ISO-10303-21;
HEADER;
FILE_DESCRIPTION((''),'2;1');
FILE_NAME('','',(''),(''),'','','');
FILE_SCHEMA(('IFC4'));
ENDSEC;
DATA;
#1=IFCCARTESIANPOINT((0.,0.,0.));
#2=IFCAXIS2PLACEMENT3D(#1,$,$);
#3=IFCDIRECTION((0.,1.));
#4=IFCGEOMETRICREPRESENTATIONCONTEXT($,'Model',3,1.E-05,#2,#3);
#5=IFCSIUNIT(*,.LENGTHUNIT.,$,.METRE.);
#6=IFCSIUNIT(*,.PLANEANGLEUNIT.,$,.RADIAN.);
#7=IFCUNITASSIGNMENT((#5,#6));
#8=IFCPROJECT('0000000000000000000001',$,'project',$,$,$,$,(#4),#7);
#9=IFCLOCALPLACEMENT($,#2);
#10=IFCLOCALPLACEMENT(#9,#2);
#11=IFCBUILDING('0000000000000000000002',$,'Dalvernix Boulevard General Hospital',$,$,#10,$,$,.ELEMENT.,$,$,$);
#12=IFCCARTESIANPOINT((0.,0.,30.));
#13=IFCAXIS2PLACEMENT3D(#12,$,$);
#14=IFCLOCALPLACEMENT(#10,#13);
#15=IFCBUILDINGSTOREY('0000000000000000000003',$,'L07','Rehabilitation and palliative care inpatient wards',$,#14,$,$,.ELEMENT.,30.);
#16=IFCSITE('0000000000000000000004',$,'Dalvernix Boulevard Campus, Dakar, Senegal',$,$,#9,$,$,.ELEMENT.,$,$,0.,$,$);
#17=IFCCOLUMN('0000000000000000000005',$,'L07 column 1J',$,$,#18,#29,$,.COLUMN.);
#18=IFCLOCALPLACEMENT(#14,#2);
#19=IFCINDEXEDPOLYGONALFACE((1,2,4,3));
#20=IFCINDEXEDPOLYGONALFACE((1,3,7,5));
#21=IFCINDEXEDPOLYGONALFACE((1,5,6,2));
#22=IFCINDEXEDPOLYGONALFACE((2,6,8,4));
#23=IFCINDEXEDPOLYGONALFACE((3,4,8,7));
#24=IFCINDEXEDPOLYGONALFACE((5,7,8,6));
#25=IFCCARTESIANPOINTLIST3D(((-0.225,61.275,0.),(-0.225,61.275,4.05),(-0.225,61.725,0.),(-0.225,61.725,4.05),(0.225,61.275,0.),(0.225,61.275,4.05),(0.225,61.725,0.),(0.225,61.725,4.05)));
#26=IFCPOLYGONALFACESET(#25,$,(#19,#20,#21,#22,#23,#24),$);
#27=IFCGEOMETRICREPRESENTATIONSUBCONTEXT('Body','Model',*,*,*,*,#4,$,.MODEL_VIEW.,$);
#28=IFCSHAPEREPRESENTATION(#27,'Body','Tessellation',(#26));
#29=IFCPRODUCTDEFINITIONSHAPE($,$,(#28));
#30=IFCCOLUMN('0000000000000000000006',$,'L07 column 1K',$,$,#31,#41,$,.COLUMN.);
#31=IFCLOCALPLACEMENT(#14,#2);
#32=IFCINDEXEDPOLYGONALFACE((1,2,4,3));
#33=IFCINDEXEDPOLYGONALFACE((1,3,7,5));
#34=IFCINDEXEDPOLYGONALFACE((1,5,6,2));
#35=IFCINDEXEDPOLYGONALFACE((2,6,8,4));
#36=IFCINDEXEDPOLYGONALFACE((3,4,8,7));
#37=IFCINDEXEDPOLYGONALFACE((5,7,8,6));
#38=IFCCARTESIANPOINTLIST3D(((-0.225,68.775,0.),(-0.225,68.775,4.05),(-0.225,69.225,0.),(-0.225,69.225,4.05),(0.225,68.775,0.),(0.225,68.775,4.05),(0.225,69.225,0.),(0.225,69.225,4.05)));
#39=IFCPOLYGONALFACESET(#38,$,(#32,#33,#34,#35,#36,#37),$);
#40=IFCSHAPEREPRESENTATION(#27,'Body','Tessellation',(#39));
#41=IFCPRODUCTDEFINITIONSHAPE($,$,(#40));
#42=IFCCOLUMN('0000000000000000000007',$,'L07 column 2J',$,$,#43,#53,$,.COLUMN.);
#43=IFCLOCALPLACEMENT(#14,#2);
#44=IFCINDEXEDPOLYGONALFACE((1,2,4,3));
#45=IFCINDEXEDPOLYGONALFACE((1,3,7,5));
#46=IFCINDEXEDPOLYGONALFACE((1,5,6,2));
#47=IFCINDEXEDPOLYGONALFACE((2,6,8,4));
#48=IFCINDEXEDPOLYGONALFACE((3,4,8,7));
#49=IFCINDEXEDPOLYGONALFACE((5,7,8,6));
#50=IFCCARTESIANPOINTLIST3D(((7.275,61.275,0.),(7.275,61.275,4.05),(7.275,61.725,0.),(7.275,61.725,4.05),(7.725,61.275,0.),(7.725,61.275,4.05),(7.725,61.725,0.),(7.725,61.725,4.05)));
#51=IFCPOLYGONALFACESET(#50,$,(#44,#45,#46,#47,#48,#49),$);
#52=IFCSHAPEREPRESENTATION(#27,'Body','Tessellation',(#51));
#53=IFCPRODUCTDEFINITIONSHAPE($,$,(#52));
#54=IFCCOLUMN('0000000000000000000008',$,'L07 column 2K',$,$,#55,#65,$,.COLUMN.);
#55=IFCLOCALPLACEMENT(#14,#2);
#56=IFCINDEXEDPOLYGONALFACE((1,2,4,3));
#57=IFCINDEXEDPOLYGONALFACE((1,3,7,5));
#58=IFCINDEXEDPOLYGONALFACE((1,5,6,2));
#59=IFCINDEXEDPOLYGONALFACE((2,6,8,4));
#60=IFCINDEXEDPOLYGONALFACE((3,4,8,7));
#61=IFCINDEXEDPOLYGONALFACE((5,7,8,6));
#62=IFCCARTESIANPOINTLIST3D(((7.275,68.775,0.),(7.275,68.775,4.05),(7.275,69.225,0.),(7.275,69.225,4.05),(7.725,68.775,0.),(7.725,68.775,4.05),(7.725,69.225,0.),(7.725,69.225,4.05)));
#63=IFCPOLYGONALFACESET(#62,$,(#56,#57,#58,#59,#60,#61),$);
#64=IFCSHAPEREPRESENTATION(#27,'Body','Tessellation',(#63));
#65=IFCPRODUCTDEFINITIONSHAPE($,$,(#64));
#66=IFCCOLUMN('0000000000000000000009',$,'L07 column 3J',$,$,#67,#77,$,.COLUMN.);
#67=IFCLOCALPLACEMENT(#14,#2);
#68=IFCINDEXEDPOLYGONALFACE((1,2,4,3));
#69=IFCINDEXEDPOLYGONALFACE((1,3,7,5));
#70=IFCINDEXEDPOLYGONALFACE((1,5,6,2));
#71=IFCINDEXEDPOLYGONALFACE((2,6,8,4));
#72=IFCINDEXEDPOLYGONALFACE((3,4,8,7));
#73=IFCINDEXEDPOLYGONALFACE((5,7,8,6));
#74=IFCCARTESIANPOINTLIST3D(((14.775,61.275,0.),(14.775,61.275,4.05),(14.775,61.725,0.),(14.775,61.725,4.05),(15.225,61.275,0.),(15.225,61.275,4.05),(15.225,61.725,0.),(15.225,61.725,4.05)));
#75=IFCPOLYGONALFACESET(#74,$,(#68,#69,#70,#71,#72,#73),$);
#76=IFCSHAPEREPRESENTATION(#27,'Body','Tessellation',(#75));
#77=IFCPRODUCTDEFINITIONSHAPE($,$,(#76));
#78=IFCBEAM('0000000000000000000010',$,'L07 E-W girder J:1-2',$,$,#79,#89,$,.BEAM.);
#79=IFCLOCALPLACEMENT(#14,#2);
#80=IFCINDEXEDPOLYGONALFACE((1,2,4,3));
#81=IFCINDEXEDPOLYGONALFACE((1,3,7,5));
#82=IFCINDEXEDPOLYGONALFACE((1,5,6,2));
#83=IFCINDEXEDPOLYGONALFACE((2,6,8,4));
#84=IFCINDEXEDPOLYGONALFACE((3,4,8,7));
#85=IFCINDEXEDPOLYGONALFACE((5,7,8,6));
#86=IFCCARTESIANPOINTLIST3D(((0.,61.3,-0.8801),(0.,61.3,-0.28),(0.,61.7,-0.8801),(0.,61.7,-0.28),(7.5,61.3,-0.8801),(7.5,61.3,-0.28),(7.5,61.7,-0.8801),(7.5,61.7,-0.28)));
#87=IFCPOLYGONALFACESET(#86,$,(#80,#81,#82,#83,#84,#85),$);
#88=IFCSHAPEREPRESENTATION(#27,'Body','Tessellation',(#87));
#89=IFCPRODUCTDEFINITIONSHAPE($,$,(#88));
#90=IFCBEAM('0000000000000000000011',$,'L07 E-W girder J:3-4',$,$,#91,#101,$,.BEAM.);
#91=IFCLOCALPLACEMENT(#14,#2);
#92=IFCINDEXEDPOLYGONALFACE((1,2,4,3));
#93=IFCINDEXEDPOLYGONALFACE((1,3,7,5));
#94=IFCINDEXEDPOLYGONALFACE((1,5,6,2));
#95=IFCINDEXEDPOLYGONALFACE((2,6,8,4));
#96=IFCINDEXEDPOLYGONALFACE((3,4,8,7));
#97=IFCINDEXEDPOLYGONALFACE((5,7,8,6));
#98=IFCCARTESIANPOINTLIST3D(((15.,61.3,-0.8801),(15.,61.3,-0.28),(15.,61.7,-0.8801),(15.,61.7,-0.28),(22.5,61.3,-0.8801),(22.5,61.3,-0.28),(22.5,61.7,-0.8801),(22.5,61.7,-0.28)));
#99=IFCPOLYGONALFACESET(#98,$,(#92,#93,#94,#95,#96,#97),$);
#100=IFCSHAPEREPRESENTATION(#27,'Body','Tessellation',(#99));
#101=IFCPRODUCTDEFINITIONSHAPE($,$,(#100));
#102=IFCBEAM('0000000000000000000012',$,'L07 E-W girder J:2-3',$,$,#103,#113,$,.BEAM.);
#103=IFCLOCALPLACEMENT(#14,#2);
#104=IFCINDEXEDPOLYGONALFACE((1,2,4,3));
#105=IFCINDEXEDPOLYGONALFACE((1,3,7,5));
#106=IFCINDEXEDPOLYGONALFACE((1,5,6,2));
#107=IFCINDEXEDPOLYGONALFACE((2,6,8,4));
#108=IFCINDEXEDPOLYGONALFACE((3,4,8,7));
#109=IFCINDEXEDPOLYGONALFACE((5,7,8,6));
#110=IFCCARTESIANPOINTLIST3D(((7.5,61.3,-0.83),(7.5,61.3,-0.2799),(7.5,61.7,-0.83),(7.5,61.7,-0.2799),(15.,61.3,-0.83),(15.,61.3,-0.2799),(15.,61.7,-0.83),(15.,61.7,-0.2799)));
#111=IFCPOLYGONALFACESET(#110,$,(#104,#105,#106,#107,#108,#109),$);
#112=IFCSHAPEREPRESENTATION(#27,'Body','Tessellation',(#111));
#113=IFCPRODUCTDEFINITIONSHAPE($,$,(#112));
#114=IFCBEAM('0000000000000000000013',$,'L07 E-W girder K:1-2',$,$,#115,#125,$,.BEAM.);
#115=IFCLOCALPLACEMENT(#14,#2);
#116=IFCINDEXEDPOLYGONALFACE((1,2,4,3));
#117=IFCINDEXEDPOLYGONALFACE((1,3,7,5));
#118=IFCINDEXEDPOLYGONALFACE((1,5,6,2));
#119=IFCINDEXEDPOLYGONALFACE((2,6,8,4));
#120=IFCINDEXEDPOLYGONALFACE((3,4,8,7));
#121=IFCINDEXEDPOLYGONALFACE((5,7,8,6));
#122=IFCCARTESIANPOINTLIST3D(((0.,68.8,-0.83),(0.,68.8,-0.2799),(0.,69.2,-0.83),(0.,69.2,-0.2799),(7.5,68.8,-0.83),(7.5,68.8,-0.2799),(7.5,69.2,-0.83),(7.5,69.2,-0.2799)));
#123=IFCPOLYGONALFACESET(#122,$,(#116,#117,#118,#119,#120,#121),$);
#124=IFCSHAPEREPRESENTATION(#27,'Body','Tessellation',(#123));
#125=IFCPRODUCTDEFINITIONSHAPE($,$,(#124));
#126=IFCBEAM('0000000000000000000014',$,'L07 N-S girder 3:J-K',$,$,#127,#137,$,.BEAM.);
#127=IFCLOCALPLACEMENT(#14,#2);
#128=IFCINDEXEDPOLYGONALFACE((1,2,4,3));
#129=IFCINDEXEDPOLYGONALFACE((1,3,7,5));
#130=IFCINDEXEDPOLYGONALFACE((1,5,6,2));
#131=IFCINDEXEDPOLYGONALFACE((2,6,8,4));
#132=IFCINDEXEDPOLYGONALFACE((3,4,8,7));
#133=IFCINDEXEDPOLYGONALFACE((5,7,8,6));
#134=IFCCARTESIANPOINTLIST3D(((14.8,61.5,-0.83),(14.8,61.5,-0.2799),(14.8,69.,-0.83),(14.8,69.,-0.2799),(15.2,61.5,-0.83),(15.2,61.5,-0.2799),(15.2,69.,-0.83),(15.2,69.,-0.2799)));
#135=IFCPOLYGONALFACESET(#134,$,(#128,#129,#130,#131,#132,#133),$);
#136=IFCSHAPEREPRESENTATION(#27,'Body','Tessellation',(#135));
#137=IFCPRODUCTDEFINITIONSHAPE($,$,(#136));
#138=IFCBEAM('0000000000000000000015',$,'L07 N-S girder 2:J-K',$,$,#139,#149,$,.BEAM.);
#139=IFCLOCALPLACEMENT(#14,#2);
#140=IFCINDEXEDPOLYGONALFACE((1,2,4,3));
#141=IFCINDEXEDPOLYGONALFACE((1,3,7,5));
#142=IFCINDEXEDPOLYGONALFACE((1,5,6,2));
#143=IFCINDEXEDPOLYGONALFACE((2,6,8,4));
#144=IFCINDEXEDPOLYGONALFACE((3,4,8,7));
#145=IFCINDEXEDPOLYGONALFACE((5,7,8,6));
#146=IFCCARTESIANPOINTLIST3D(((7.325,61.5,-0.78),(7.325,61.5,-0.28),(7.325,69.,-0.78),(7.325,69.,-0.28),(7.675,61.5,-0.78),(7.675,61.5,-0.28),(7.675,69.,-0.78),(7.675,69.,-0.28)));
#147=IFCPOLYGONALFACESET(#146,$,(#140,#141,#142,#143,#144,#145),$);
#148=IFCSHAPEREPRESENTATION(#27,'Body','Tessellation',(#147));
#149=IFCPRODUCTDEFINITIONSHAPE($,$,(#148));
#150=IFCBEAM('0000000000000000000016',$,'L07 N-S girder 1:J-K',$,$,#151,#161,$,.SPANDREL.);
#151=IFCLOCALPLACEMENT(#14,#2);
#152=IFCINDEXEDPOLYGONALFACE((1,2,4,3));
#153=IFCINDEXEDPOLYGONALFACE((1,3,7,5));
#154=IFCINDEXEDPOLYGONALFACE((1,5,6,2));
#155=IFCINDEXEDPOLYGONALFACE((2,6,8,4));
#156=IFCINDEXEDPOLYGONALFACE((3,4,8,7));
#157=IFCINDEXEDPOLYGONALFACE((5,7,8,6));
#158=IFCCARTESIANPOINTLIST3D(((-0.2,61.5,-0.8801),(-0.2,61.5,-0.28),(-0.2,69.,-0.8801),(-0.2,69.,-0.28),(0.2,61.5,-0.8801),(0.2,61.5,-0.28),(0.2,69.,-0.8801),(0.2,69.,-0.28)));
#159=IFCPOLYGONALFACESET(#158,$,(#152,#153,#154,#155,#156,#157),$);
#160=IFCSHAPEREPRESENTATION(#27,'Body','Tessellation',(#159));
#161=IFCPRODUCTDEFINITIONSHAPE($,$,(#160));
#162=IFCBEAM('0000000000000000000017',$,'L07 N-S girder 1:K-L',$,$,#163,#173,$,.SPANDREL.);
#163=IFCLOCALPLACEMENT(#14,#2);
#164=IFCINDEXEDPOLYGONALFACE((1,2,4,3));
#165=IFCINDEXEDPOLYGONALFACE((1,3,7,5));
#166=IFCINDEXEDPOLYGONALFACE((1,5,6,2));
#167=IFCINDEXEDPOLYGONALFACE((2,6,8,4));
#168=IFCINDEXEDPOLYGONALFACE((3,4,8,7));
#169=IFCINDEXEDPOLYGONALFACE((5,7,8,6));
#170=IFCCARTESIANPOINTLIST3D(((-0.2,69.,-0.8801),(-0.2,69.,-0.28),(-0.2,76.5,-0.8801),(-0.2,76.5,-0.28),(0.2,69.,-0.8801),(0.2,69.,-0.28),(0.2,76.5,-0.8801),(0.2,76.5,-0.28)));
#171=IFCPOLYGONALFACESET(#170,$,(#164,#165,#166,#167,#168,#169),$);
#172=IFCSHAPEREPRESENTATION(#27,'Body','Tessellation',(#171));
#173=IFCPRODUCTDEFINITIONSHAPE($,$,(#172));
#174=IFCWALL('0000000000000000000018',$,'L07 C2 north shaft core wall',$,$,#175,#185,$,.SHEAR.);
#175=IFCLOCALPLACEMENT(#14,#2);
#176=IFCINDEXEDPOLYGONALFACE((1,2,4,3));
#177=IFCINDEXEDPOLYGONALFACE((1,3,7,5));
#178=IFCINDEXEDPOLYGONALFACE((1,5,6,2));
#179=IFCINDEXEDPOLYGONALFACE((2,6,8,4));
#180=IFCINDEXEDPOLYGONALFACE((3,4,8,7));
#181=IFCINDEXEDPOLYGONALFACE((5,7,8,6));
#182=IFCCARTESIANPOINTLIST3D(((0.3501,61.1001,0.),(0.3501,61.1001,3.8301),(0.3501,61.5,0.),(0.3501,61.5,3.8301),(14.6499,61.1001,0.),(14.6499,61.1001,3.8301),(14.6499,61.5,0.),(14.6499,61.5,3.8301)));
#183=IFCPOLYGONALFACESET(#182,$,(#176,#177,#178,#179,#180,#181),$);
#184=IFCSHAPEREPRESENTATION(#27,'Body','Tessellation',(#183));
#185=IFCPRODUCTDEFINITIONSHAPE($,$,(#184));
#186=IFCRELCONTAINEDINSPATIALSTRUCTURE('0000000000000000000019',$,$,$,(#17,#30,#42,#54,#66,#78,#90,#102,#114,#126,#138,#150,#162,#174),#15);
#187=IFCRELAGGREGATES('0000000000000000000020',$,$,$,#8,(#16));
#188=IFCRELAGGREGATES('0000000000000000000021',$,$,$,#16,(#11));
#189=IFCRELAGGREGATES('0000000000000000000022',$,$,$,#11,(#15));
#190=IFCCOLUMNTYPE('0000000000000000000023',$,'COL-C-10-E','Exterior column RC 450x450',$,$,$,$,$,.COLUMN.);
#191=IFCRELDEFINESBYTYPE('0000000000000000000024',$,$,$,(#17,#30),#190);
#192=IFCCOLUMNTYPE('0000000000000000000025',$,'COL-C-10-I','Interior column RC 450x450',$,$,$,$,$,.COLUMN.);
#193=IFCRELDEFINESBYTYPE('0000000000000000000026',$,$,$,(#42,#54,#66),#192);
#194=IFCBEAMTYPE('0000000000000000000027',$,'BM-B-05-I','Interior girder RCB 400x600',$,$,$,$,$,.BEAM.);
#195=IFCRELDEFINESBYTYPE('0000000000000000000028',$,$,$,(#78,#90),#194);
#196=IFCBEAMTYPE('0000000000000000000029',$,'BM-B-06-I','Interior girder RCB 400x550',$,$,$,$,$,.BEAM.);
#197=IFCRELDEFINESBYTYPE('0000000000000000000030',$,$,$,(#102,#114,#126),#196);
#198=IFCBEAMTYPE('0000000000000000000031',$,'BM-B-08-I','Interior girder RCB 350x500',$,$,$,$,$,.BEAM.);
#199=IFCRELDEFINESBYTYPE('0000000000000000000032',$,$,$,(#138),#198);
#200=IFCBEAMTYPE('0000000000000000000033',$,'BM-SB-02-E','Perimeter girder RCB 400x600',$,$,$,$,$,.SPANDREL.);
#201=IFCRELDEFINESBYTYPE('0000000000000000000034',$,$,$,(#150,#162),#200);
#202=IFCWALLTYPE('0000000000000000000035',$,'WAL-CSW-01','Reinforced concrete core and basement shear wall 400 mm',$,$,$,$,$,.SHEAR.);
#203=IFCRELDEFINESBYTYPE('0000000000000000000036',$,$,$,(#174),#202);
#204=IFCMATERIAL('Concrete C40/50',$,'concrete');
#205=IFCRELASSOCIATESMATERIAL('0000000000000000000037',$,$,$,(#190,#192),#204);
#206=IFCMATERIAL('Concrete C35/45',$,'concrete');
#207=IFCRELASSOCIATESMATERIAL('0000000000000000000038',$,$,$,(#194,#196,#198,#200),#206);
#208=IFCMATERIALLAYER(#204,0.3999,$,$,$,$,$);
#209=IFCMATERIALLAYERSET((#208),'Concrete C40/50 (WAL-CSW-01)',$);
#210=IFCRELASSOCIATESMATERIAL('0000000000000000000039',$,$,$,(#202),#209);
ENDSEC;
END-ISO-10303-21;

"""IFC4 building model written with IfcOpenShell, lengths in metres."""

from ifc_helpers import new_model, si_unit, direction, frame, frame_2d, origin, origin_2d, place, context, subcontext, project, spatial, rectangle, extrude, material, layer, layer_set, material_profile, profile_set, type_object, element, save


model = new_model("IFC4")

# Units and contexts
model_context = context("Model", 3, precision=1e-05, world=origin(), true_north=direction((0.0, 1.0)))
body_context = subcontext(model_context, "Body", "Model", "MODEL_VIEW")
ifc_project = project(units=[si_unit("LENGTHUNIT", "METRE"), si_unit("PLANEANGLEUNIT", "RADIAN")], contexts=[model_context])

# Site, building, storey
site_placement = place(None, origin())
site = spatial("IfcSite", under=ifc_project, at=site_placement, Name="Dalvernix Boulevard Campus, Dakar, Senegal", CompositionType="ELEMENT", RefElevation=0.0)
building_placement = place(site_placement, origin())
building = spatial("IfcBuilding", under=site, at=building_placement, Name="Dalvernix Boulevard General Hospital", CompositionType="ELEMENT")
storey_placement = place(building_placement, frame((0.0, 0.0, 30.0)))
storey = spatial("IfcBuildingStorey", under=building, at=storey_placement, Name="L07", Description="Rehabilitation and palliative care inpatient wards", CompositionType="ELEMENT", Elevation=30.0)

# Columns
ifc_material_1 = material(Name="Concrete C40/50", Category="concrete")
ifc_material_profile_1 = material_profile(ifc_material_1, rectangle(XDim=0.45, YDim=0.45, at=origin_2d()), Name="RC 450x450")
ifc_profile_set_1 = profile_set([ifc_material_profile_1], Name="Concrete C40/50")
column_type_1 = type_object("IfcColumnType", Name="COL-C-10-E", Description="Exterior column RC 450x450", PredefinedType="COLUMN", material=ifc_profile_set_1)
for number, where, z_axis, x_axis, name in (
    (1, (0.0, 61.5, 0.0), (0.0, 0.0, 1.0), (1.0, 0.0, 0.0), "L07 column 1J"),
    (2, (0.0, 69.0, 0.0), (0.0, 0.0, 1.0), (1.0, 0.0, 0.0), "L07 column 1K"),
):
    element("IfcColumn", number, at=place(storey_placement, frame(where, z_axis=z_axis, x_axis=x_axis)), inside=storey, type_object=column_type_1, Name=name, PredefinedType="COLUMN", context=body_context, shape_type="SweptSolid", body=[
        extrude(rectangle(XDim=0.45, YDim=0.45, at=origin_2d()), origin(), (0.0, 0.0, 1.0), 4.05),
    ])
ifc_material_profile_2 = material_profile(ifc_material_1, rectangle(XDim=0.45, YDim=0.45, at=origin_2d()), Name="RC 450x450")
ifc_profile_set_2 = profile_set([ifc_material_profile_2], Name="Concrete C40/50")
column_type_2 = type_object("IfcColumnType", Name="COL-C-10-I", Description="Interior column RC 450x450", PredefinedType="COLUMN", material=ifc_profile_set_2)
for number, where, z_axis, x_axis, name in (
    (3, (7.5, 61.5, 0.0), (0.0, 0.0, 1.0), (1.0, 0.0, 0.0), "L07 column 2J"),
    (4, (7.5, 69.0, 0.0), (0.0, 0.0, 1.0), (1.0, 0.0, 0.0), "L07 column 2K"),
    (5, (15.0, 61.5, 0.0), (0.0, 0.0, 1.0), (1.0, 0.0, 0.0), "L07 column 3J"),
):
    element("IfcColumn", number, at=place(storey_placement, frame(where, z_axis=z_axis, x_axis=x_axis)), inside=storey, type_object=column_type_2, Name=name, PredefinedType="COLUMN", context=body_context, shape_type="SweptSolid", body=[
        extrude(rectangle(XDim=0.45, YDim=0.45, at=origin_2d()), origin(), (0.0, 0.0, 1.0), 4.05),
    ])

# Beams
ifc_material_2 = material(Name="Concrete C35/45", Category="concrete")
ifc_material_profile_3 = material_profile(ifc_material_2, rectangle(XDim=0.3999, YDim=0.6001, at=origin_2d()), Name="RCB 400x600")
ifc_profile_set_3 = profile_set([ifc_material_profile_3], Name="Concrete C35/45")
beam_type_1 = type_object("IfcBeamType", Name="BM-B-05-I", Description="Interior girder RCB 400x600", PredefinedType="BEAM", material=ifc_profile_set_3)
for number, where, z_axis, x_axis, name in (
    (6, (0.0, 61.5, -0.5801), (1.0, 0.0, 0.0), (0.0, 1.0, 0.0), "L07 E-W girder J:1-2"),
    (7, (15.0, 61.5, -0.5801), (1.0, 0.0, 0.0), (0.0, 1.0, 0.0), "L07 E-W girder J:3-4"),
):
    element("IfcBeam", number, at=place(storey_placement, frame(where, z_axis=z_axis, x_axis=x_axis)), inside=storey, type_object=beam_type_1, Name=name, PredefinedType="BEAM", context=body_context, shape_type="SweptSolid", body=[
        extrude(rectangle(XDim=0.3999, YDim=0.6001, at=origin_2d()), origin(), (0.0, 0.0, 1.0), 7.5),
    ])
ifc_material_profile_4 = material_profile(ifc_material_2, rectangle(XDim=0.3999, YDim=0.55, at=origin_2d()), Name="RCB 400x550")
ifc_profile_set_4 = profile_set([ifc_material_profile_4], Name="Concrete C35/45")
beam_type_2 = type_object("IfcBeamType", Name="BM-B-06-I", Description="Interior girder RCB 400x550", PredefinedType="BEAM", material=ifc_profile_set_4)
for number, where, z_axis, x_axis, name in (
    (8, (7.5, 61.5, -0.5549), (1.0, 0.0, 0.0), (0.0, 1.0, 0.0), "L07 E-W girder J:2-3"),
    (9, (0.0, 69.0, -0.5549), (1.0, 0.0, 0.0), (0.0, 1.0, 0.0), "L07 E-W girder K:1-2"),
    (10, (15.0, 61.5, -0.5549), (0.0, 1.0, 0.0), (-1.0, 0.0, 0.0), "L07 N-S girder 3:J-K"),
):
    element("IfcBeam", number, at=place(storey_placement, frame(where, z_axis=z_axis, x_axis=x_axis)), inside=storey, type_object=beam_type_2, Name=name, PredefinedType="BEAM", context=body_context, shape_type="SweptSolid", body=[
        extrude(rectangle(XDim=0.3999, YDim=0.55, at=origin_2d()), origin(), (0.0, 0.0, 1.0), 7.5),
    ])
ifc_material_profile_5 = material_profile(ifc_material_2, rectangle(XDim=0.3501, YDim=0.5, at=origin_2d()), Name="RCB 350x500")
ifc_profile_set_5 = profile_set([ifc_material_profile_5], Name="Concrete C35/45")
beam_type_3 = type_object("IfcBeamType", Name="BM-B-08-I", Description="Interior girder RCB 350x500", PredefinedType="BEAM", material=ifc_profile_set_5)
beam_placement = place(storey_placement, frame((7.5, 61.5, -0.53), z_axis=(0.0, 1.0, 0.0), x_axis=(-1.0, 0.0, 0.0)))
element("IfcBeam", 11, at=beam_placement, inside=storey, type_object=beam_type_3, Name="L07 N-S girder 2:J-K", PredefinedType="BEAM", context=body_context, shape_type="SweptSolid", body=[
    extrude(rectangle(XDim=0.3501, YDim=0.5, at=origin_2d()), origin(), (0.0, 0.0, 1.0), 7.5),
])
ifc_material_profile_6 = material_profile(ifc_material_2, rectangle(XDim=0.3999, YDim=0.6001, at=origin_2d()), Name="RCB 400x600")
ifc_profile_set_6 = profile_set([ifc_material_profile_6], Name="Concrete C35/45")
beam_type_4 = type_object("IfcBeamType", Name="BM-SB-02-E", Description="Perimeter girder RCB 400x600", PredefinedType="SPANDREL", material=ifc_profile_set_6)
for number, where, z_axis, x_axis, name in (
    (12, (0.0, 61.5, -0.5801), (0.0, 1.0, 0.0), (-1.0, 0.0, 0.0), "L07 N-S girder 1:J-K"),
    (13, (0.0, 69.0, -0.5801), (0.0, 1.0, 0.0), (-1.0, 0.0, 0.0), "L07 N-S girder 1:K-L"),
):
    element("IfcBeam", number, at=place(storey_placement, frame(where, z_axis=z_axis, x_axis=x_axis)), inside=storey, type_object=beam_type_4, Name=name, PredefinedType="SPANDREL", context=body_context, shape_type="SweptSolid", body=[
        extrude(rectangle(XDim=0.3999, YDim=0.6001, at=origin_2d()), origin(), (0.0, 0.0, 1.0), 7.5),
    ])

# Wall
ifc_layer_1 = layer(ifc_material_1, 0.3999)
ifc_layer_set_1 = layer_set([ifc_layer_1], Name="Concrete C40/50 (WAL-CSW-01)")
wall_type_1 = type_object("IfcWallType", Name="WAL-CSW-01", Description="Reinforced concrete core and basement shear wall 400 mm", PredefinedType="SHEAR", material=ifc_layer_set_1)
wall_1_placement = place(storey_placement, frame((0.3501, 61.3, 0.0), z_axis=(0.0, 0.0, 1.0), x_axis=(1.0, 0.0, 0.0)))
element("IfcWall", 14, at=wall_1_placement, inside=storey, type_object=wall_type_1, Name="L07 C2 north shaft core wall", PredefinedType="SHEAR", context=body_context, shape_type="SweptSolid", body=[
    extrude(rectangle(XDim=14.2998, YDim=0.3999, at=frame_2d((7.1499, 0.0))), origin(), (0.0, 0.0, 1.0), 3.8301),
])

save(model, "model.ifc")
